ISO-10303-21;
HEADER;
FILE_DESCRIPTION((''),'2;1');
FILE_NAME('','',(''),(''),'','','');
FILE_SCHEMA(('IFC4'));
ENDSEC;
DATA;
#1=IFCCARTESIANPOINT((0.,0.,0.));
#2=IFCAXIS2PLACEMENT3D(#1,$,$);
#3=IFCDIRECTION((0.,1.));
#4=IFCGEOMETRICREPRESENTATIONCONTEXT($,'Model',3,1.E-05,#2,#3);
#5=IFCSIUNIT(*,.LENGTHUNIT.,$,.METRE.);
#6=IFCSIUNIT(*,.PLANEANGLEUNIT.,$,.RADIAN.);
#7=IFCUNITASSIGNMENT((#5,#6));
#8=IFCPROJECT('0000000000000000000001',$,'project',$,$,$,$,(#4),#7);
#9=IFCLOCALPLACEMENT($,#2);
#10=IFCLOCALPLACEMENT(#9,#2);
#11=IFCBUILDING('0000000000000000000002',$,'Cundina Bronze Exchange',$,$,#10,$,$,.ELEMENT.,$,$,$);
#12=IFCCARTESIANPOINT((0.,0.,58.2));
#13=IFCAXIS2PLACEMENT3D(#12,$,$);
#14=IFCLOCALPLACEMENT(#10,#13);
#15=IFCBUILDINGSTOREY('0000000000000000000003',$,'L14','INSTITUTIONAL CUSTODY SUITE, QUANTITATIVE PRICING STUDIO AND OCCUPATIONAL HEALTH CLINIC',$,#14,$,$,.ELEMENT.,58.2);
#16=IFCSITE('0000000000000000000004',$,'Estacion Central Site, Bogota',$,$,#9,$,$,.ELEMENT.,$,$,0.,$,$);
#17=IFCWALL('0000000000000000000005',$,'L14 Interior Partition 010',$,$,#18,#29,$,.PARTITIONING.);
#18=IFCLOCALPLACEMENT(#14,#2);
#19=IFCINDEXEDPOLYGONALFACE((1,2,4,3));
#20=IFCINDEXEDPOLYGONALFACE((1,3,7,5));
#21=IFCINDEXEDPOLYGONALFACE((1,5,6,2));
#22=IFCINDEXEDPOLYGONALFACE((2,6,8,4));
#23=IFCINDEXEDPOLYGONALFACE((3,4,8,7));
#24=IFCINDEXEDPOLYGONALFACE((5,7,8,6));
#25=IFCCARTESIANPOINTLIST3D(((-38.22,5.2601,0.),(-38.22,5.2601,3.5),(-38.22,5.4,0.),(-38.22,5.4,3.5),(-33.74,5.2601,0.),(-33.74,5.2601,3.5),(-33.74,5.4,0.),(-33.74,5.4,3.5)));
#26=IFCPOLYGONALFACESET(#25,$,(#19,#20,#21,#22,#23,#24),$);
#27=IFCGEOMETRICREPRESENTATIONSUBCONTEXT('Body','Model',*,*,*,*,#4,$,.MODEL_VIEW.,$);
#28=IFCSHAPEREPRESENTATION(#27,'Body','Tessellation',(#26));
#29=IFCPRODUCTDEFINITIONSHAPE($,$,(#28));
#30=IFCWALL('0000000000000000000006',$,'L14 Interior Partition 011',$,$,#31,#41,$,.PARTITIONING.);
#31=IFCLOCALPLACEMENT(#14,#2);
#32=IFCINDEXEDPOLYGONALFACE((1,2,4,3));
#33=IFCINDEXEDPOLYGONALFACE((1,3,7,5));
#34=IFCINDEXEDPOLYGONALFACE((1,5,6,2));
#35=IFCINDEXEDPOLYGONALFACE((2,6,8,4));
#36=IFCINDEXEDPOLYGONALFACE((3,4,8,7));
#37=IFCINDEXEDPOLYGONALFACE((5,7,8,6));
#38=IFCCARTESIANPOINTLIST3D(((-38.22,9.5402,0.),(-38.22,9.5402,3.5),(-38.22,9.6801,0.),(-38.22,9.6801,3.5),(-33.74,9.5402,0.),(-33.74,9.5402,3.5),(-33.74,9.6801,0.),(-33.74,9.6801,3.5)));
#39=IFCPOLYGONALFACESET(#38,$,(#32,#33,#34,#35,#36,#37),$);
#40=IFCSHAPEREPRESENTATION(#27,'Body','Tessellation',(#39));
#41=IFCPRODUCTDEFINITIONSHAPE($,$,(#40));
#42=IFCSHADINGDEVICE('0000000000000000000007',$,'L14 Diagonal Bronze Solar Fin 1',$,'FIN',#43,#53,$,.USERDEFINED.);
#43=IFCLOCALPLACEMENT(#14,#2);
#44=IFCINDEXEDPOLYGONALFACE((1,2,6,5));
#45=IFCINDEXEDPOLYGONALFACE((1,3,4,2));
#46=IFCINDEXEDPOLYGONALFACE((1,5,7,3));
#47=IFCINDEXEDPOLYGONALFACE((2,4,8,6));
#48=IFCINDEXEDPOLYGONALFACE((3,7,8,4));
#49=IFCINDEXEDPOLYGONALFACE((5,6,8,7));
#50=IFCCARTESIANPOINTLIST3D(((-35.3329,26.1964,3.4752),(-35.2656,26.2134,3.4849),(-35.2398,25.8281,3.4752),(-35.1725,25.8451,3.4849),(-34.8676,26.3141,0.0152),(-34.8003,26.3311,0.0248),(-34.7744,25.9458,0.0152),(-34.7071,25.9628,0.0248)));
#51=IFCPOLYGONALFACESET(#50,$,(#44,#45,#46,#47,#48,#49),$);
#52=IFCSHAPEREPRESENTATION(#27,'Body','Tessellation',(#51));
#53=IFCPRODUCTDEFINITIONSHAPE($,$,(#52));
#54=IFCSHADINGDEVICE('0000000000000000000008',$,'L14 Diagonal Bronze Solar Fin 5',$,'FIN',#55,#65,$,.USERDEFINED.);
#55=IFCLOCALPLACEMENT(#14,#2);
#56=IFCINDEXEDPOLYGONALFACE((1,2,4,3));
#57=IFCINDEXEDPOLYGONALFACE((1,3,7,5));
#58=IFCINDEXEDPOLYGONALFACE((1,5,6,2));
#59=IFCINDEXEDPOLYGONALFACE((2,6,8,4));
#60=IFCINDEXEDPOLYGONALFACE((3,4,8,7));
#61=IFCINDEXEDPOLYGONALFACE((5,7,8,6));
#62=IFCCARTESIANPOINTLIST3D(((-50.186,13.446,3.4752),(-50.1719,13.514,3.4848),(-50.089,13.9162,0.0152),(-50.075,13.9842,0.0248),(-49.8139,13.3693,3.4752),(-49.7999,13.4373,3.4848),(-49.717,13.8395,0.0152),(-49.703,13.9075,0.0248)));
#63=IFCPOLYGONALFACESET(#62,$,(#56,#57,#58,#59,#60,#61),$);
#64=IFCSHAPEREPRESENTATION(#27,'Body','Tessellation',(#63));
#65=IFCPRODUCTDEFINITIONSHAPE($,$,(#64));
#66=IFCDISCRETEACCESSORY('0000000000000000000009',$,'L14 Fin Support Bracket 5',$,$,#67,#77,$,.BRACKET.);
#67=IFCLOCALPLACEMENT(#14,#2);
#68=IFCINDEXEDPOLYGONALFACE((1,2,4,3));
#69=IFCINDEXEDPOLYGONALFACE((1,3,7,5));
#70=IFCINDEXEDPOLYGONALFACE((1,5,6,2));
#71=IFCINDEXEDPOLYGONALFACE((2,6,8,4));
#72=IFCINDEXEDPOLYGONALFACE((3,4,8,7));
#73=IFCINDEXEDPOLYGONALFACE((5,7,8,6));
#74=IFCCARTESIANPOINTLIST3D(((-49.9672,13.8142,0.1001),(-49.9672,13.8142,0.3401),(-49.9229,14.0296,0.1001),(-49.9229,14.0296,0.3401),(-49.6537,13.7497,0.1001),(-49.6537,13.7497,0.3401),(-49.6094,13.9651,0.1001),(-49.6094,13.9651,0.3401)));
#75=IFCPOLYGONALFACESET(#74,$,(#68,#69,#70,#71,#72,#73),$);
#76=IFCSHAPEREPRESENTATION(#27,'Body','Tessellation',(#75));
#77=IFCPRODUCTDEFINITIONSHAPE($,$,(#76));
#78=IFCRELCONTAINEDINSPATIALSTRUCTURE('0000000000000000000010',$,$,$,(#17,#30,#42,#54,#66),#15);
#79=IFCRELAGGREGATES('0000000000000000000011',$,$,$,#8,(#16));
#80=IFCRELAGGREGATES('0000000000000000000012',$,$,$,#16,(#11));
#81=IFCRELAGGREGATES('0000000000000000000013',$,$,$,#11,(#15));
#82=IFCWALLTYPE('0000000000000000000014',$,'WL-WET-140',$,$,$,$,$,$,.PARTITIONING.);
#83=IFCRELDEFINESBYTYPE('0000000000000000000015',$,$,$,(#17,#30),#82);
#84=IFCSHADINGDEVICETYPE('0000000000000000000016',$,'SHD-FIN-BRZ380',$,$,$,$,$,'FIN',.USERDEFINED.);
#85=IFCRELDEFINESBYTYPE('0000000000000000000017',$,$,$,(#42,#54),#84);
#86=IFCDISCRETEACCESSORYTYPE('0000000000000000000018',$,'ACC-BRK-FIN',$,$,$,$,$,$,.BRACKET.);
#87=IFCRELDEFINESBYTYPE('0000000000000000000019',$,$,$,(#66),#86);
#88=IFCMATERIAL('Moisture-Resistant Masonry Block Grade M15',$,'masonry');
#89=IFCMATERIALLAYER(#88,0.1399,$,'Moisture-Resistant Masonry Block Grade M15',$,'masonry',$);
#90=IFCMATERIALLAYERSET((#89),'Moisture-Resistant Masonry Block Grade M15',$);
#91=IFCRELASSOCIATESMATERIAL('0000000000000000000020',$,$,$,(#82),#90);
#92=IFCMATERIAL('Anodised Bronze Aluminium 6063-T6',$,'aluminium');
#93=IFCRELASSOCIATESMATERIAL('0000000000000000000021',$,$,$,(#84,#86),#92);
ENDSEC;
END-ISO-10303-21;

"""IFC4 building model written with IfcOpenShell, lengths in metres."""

from ifc_helpers import new_model, si_unit, direction, frame, frame_2d, origin, origin_2d, place, context, subcontext, project, spatial, rectangle, extrude, material, layer, layer_set, material_profile, profile_set, type_object, element, save


model = new_model("IFC4")

# Units and contexts
model_context = context("Model", 3, precision=1e-05, world=origin(), true_north=direction((0.0, 1.0)))
body_context = subcontext(model_context, "Body", "Model", "MODEL_VIEW")
ifc_project = project(units=[si_unit("LENGTHUNIT", "METRE"), si_unit("PLANEANGLEUNIT", "RADIAN")], contexts=[model_context])

# Site, building, storey
site_placement = place(None, origin())
site = spatial("IfcSite", under=ifc_project, at=site_placement, Name="Estacion Central Site, Bogota", CompositionType="ELEMENT", RefElevation=0.0)
building_placement = place(site_placement, origin())
building = spatial("IfcBuilding", under=site, at=building_placement, Name="Cundina Bronze Exchange", CompositionType="ELEMENT")
storey_placement = place(building_placement, frame((0.0, 0.0, 58.2)))
storey = spatial("IfcBuildingStorey", under=building, at=storey_placement, Name="L14", Description="INSTITUTIONAL CUSTODY SUITE, QUANTITATIVE PRICING STUDIO AND OCCUPATIONAL HEALTH CLINIC", CompositionType="ELEMENT", Elevation=58.2)

# Shared definitions
ifc_material_1 = material(Name="Anodised Bronze Aluminium 6063-T6", Category="aluminium")

# Walls
ifc_material_2 = material(Name="Moisture-Resistant Masonry Block Grade M15", Category="masonry")
ifc_layer_1 = layer(ifc_material_2, 0.1399, Name="Moisture-Resistant Masonry Block Grade M15", Category="masonry")
ifc_layer_set_1 = layer_set([ifc_layer_1], Name="Moisture-Resistant Masonry Block Grade M15")
wall_type_1 = type_object("IfcWallType", Name="WL-WET-140", PredefinedType="PARTITIONING", material=ifc_layer_set_1)
for number, where, z_axis, x_axis, name in (
    (1, (-38.22, 5.3301, 0.0), (0.0, 0.0, 1.0), (1.0, 0.0, 0.0), "L14 Interior Partition 010"),
    (2, (-38.22, 9.6101, 0.0), (0.0, 0.0, 1.0), (1.0, 0.0, 0.0), "L14 Interior Partition 011"),
):
    element("IfcWall", number, at=place(storey_placement, frame(where, z_axis=z_axis, x_axis=x_axis)), inside=storey, type_object=wall_type_1, Name=name, PredefinedType="PARTITIONING", context=body_context, shape_type="SweptSolid", body=[
        extrude(rectangle(XDim=4.48, YDim=0.1399, at=frame_2d((2.24, 0.0))), origin(), (0.0, 0.0, 1.0), 3.5),
    ])

# Shading devices
ifc_material_profile_1 = material_profile(ifc_material_1, rectangle(XDim=0.0701, YDim=0.3799, at=origin_2d()), Name="FIN70X380", Category="aluminium")
ifc_profile_set_1 = profile_set([ifc_material_profile_1], Name="Anodised Bronze Aluminium 6063-T6")
shading_device_type = type_object("IfcShadingDeviceType", Name="SHD-FIN-BRZ380", ElementType="FIN", PredefinedType="USERDEFINED", material=ifc_profile_set_1)
for number, where, z_axis, x_axis, name in (
    (3, (-34.7874, 26.1384, 0.02), (-0.133215, -0.033688, 0.990514), (0.960285, 0.242842, 0.137408), "L14 Diagonal Bronze Solar Fin 1"),
    (4, (-49.896, 13.9119, 0.02), (-0.027747, -0.134612, 0.99051), (0.199967, 0.970115, 0.137442), "L14 Diagonal Bronze Solar Fin 5"),
):
    element("IfcShadingDevice", number, at=place(storey_placement, frame(where, z_axis=z_axis, x_axis=x_axis)), inside=storey, type_object=shading_device_type, Name=name, ObjectType="FIN", PredefinedType="USERDEFINED", context=body_context, shape_type="SweptSolid", body=[
        extrude(rectangle(XDim=0.0701, YDim=0.3799, at=origin_2d()), origin(), (0.0, 0.0, 1.0), 3.4932),
    ])

# Discrete accessory
discrete_accessory_type = type_object("IfcDiscreteAccessoryType", Name="ACC-BRK-FIN", PredefinedType="BRACKET", material=ifc_material_1)
discrete_accessory_placement = place(storey_placement, frame((-49.7883, 13.8896, 0.1001), z_axis=(0.0, 0.0, 1.0), x_axis=(-0.20142, -0.979505, 0.0)))
element("IfcDiscreteAccessory", 5, at=discrete_accessory_placement, inside=storey, type_object=discrete_accessory_type, Name="L14 Fin Support Bracket 5", PredefinedType="BRACKET", context=body_context, shape_type="SweptSolid", body=[
    extrude(rectangle(XDim=0.22, YDim=0.3201, at=origin_2d()), origin(), (0.0, 0.0, 1.0), 0.24),
])

save(model, "model.ifc")
